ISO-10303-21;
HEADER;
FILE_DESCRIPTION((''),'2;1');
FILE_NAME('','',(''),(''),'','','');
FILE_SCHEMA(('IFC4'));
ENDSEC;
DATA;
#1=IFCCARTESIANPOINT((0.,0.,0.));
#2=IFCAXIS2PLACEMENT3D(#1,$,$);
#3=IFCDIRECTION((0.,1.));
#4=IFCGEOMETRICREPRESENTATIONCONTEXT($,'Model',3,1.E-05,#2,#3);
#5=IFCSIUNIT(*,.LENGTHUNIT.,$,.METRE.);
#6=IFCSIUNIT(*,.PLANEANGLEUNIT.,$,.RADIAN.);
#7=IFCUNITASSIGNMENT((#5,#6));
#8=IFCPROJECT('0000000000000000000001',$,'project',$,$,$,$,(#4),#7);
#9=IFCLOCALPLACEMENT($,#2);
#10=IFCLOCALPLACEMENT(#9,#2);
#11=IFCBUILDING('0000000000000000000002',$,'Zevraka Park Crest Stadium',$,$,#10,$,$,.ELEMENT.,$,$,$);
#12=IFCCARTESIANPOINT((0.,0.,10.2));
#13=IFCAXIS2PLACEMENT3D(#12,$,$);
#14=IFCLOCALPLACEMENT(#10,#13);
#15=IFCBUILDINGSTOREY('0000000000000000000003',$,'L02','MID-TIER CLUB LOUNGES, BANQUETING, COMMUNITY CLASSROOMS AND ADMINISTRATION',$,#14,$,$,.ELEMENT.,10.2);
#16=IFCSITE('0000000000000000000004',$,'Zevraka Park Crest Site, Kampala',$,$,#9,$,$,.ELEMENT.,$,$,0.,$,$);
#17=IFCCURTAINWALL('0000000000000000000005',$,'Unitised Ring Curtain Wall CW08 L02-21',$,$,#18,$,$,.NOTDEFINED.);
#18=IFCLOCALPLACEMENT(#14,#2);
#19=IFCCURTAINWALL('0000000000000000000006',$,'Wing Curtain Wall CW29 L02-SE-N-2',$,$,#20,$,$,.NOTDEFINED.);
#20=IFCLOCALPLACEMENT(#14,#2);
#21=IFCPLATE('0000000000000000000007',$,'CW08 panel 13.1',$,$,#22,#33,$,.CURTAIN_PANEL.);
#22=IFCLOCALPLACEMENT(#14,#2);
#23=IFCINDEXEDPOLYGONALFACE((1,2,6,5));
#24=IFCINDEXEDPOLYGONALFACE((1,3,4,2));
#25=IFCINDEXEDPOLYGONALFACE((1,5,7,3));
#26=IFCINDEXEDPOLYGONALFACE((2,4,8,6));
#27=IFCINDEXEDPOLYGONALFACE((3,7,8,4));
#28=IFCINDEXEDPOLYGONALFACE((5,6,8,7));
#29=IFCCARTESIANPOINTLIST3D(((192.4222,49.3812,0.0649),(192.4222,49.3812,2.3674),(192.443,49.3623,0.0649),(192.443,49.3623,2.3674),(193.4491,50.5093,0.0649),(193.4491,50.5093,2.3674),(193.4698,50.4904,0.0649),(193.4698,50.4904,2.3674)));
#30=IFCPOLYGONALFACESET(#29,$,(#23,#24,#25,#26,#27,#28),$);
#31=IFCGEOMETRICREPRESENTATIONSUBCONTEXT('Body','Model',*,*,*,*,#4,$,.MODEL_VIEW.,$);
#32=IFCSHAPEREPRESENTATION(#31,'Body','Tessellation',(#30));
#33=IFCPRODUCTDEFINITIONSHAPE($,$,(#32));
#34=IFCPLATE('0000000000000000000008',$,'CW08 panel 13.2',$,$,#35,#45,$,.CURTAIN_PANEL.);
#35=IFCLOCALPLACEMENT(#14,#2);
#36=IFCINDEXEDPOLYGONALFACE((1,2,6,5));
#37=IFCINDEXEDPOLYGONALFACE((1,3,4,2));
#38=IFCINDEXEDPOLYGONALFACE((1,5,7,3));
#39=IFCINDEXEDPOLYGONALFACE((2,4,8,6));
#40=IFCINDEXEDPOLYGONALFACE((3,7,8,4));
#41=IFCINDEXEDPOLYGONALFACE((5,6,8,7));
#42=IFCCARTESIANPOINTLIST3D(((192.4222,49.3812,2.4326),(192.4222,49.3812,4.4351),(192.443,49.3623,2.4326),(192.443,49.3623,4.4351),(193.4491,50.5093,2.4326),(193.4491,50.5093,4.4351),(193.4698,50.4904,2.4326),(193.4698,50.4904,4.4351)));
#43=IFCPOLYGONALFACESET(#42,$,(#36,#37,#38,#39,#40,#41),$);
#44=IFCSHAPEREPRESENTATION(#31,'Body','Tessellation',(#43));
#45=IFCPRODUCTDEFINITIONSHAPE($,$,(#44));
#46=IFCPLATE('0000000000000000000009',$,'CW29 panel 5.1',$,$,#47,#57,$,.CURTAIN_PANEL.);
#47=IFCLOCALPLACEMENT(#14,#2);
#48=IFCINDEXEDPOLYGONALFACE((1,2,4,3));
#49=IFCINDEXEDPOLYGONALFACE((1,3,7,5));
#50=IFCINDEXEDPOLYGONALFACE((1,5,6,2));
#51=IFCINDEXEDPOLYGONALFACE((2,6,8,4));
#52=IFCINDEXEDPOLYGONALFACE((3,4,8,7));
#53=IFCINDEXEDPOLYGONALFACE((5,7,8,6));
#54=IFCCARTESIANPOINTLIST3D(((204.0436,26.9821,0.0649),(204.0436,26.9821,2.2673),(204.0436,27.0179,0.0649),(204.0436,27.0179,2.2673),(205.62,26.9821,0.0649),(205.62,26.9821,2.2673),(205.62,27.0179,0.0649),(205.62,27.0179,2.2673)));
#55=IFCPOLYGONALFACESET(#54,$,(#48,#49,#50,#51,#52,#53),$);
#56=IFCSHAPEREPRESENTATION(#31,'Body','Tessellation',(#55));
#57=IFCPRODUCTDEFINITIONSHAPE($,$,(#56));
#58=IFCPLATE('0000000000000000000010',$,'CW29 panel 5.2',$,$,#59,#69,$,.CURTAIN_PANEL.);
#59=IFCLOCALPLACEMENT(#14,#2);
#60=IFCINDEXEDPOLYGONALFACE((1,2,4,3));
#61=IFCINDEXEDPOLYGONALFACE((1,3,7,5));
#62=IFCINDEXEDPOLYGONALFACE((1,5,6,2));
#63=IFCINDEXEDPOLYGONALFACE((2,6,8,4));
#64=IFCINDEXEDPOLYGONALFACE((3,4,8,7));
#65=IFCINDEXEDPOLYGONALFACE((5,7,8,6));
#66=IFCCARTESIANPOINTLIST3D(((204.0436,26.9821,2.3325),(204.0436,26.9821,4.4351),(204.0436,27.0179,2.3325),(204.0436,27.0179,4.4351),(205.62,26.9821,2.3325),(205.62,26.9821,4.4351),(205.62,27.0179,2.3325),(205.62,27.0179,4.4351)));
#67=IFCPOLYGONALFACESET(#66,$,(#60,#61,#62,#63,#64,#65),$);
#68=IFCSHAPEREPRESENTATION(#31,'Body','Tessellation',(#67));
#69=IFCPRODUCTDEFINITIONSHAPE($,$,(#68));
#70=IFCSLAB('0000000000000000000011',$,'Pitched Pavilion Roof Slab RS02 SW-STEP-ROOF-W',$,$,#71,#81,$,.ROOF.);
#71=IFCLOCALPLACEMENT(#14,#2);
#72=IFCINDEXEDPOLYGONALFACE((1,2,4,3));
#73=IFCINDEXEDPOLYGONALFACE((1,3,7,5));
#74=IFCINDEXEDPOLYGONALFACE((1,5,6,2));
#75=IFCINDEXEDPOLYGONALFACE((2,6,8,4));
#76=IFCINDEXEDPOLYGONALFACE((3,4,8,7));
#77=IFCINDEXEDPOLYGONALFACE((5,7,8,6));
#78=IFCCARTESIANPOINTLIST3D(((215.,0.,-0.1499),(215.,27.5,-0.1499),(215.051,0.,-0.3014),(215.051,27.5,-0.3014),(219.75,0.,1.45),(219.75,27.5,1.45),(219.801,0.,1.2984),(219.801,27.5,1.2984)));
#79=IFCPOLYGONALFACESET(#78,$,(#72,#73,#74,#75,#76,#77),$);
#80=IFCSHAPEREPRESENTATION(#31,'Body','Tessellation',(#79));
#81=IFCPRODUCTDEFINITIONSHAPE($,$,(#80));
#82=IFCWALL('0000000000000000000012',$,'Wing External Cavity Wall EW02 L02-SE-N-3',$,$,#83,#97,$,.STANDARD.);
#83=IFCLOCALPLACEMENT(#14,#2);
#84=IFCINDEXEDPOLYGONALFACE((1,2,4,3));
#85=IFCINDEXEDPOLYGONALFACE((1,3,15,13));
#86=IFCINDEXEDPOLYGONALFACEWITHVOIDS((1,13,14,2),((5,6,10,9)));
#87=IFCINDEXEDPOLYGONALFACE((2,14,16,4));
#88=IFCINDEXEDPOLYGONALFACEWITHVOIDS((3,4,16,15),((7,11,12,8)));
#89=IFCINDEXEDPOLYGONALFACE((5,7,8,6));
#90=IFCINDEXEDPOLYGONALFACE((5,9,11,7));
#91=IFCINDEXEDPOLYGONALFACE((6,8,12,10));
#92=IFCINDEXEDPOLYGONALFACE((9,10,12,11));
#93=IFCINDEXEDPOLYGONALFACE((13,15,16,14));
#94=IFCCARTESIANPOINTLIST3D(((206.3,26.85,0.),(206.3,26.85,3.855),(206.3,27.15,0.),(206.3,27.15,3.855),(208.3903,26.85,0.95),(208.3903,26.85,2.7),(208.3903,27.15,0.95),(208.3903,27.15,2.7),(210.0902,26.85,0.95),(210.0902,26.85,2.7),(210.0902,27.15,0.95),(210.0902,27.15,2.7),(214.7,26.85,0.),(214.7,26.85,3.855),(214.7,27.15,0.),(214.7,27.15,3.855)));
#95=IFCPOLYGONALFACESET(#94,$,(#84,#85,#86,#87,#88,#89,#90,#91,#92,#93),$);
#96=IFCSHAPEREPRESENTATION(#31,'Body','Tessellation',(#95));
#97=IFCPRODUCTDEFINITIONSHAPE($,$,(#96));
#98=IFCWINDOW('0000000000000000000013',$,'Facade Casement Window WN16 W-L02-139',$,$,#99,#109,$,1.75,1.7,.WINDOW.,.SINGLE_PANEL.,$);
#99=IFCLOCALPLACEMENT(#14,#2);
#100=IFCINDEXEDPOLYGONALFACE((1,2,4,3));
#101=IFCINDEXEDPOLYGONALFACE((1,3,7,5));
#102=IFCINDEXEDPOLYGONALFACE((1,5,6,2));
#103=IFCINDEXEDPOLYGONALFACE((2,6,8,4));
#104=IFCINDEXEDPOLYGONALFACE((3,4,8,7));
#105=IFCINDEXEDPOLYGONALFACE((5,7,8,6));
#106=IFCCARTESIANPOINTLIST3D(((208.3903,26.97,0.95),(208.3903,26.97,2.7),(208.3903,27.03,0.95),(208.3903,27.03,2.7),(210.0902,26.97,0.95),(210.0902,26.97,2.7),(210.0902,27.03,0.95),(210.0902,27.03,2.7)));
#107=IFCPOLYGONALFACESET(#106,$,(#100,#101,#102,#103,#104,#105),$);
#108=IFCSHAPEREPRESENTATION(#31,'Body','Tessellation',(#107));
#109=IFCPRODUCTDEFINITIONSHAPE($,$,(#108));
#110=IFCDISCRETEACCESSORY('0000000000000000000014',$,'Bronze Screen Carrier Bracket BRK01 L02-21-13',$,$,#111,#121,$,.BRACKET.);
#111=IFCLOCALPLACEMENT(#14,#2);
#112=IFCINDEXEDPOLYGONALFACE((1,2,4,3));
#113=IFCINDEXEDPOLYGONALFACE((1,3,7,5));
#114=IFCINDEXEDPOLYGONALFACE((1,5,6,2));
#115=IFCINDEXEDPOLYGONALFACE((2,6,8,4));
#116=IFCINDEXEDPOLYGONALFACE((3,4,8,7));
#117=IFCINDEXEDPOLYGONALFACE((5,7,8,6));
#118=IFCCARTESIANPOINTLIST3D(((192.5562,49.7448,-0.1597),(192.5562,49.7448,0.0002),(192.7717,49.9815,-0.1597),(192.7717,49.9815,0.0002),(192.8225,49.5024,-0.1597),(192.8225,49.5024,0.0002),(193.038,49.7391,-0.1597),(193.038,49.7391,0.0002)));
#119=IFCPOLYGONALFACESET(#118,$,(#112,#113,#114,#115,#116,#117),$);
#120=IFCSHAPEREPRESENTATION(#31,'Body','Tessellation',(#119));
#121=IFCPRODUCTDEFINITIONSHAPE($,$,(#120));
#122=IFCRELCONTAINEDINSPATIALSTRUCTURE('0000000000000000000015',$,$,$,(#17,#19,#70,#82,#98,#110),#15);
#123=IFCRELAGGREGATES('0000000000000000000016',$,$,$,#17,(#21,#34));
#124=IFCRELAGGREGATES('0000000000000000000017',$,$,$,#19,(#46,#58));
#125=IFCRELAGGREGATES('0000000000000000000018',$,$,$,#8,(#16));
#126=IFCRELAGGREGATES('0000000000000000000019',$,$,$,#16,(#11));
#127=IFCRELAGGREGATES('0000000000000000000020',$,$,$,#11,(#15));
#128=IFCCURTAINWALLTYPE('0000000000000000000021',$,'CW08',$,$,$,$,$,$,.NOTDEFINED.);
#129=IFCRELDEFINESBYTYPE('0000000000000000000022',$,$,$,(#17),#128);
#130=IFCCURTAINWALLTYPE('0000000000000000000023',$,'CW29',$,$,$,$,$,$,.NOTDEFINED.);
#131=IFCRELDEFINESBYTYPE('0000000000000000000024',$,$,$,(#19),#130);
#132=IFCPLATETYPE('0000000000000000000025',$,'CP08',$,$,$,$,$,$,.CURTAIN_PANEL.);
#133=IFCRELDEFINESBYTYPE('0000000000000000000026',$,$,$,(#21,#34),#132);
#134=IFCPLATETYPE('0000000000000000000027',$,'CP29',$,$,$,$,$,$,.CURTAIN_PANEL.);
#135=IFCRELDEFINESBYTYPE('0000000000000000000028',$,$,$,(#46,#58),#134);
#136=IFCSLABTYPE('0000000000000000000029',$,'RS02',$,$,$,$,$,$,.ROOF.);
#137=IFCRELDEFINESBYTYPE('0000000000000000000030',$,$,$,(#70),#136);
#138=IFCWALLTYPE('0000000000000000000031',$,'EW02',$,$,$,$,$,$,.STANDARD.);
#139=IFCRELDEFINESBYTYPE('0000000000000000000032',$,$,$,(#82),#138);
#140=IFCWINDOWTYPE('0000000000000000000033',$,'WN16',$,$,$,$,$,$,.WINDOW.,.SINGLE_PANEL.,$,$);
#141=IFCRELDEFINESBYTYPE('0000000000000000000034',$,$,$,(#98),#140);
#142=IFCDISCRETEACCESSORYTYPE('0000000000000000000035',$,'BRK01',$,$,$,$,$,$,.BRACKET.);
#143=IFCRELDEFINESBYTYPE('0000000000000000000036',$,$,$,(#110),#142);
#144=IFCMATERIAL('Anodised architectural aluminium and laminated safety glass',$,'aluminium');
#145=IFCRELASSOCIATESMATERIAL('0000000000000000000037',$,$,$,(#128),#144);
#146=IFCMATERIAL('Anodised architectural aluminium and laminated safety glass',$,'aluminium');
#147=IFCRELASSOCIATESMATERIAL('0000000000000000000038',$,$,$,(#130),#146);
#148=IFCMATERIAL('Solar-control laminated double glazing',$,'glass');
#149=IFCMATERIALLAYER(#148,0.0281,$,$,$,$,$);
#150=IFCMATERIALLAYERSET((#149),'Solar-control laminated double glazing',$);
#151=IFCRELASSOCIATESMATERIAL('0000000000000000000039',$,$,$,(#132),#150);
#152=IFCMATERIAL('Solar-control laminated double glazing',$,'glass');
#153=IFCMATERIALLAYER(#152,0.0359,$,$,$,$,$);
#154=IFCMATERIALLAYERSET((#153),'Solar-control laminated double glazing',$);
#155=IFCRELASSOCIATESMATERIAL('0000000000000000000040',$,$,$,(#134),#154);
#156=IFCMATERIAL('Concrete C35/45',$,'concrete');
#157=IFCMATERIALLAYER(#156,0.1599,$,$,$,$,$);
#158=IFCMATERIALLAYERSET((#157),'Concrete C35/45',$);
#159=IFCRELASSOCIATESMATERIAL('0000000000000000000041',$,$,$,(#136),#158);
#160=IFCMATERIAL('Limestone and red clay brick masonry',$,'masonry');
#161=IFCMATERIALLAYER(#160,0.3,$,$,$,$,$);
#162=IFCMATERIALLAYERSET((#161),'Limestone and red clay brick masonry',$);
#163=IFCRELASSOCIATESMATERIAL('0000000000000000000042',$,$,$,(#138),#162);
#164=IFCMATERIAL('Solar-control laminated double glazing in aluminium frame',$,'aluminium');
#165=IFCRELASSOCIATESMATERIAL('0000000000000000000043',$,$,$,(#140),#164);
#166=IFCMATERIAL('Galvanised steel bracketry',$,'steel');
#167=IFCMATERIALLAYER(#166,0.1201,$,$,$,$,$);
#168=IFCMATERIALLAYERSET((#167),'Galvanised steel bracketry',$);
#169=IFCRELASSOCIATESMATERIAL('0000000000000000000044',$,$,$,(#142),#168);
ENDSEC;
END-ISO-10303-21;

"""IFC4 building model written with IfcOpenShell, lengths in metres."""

from ifc_helpers import new_model, si_unit, direction, frame, frame_2d, origin, origin_2d, place, context, subcontext, project, spatial, polyline, rectangle, outline, extrude, material, layer, layer_set, type_object, element, fill, aggregate, save


model = new_model("IFC4")

# Units and contexts
model_context = context("Model", 3, precision=1e-05, world=origin(), true_north=direction((0.0, 1.0)))
body_context = subcontext(model_context, "Body", "Model", "MODEL_VIEW")
ifc_project = project(units=[si_unit("LENGTHUNIT", "METRE"), si_unit("PLANEANGLEUNIT", "RADIAN")], contexts=[model_context])

# Site, building, storey
site_placement = place(None, origin())
site = spatial("IfcSite", under=ifc_project, at=site_placement, Name="Zevraka Park Crest Site, Kampala", CompositionType="ELEMENT", RefElevation=0.0)
building_placement = place(site_placement, origin())
building = spatial("IfcBuilding", under=site, at=building_placement, Name="Zevraka Park Crest Stadium", CompositionType="ELEMENT")
storey_placement = place(building_placement, frame((0.0, 0.0, 10.2)))
storey = spatial("IfcBuildingStorey", under=building, at=storey_placement, Name="L02", Description="MID-TIER CLUB LOUNGES, BANQUETING, COMMUNITY CLASSROOMS AND ADMINISTRATION", CompositionType="ELEMENT", Elevation=10.2)

# Curtain wall
ifc_material_1 = material(Name="Anodised architectural aluminium and laminated safety glass", Category="aluminium")
curtain_wall_type_1 = type_object("IfcCurtainWallType", Name="CW08", PredefinedType="NOTDEFINED", material=ifc_material_1)
curtain_wall_1_placement = place(storey_placement, origin())
curtain_wall_1 = element("IfcCurtainWall", 1, at=curtain_wall_1_placement, inside=storey, type_object=curtain_wall_type_1, Name="Unitised Ring Curtain Wall CW08 L02-21", PredefinedType="NOTDEFINED")

# Curtain wall
ifc_material_2 = material(Name="Anodised architectural aluminium and laminated safety glass", Category="aluminium")
curtain_wall_type_2 = type_object("IfcCurtainWallType", Name="CW29", PredefinedType="NOTDEFINED", material=ifc_material_2)
curtain_wall_2_placement = place(storey_placement, origin())
curtain_wall_2 = element("IfcCurtainWall", 2, at=curtain_wall_2_placement, inside=storey, type_object=curtain_wall_type_2, Name="Wing Curtain Wall CW29 L02-SE-N-2", PredefinedType="NOTDEFINED")

# Plates
ifc_material_3 = material(Name="Solar-control laminated double glazing", Category="glass")
ifc_layer_1 = layer(ifc_material_3, 0.0281)
ifc_layer_set_1 = layer_set([ifc_layer_1], Name="Solar-control laminated double glazing")
plate_type_1 = type_object("IfcPlateType", Name="CP08", PredefinedType="CURTAIN_PANEL", material=ifc_layer_set_1)
plate_1_placement = place(storey_placement, frame((192.946, 49.9358, 0.0649), z_axis=(0.0, 0.0, 1.0), x_axis=(0.67316, 0.739497, 0.0)))
plate_1 = element("IfcPlate", 3, at=plate_1_placement, type_object=plate_type_1, Name="CW08 panel 13.1", PredefinedType="CURTAIN_PANEL", context=body_context, shape_type="SweptSolid", body=[
    extrude(rectangle(XDim=1.5254, YDim=0.0281, at=origin_2d()), origin(), (0.0, 0.0, 1.0), 2.3025),
])
plate_2_placement = place(storey_placement, frame((192.946, 49.9358, 2.4326), z_axis=(0.0, 0.0, 1.0), x_axis=(0.67316, 0.739497, 0.0)))
plate_2 = element("IfcPlate", 4, at=plate_2_placement, type_object=plate_type_1, Name="CW08 panel 13.2", PredefinedType="CURTAIN_PANEL", context=body_context, shape_type="SweptSolid", body=[
    extrude(rectangle(XDim=1.5254, YDim=0.0281, at=origin_2d()), origin(), (0.0, 0.0, 1.0), 2.0024),
])
aggregate(curtain_wall_1, [plate_1, plate_2])
ifc_material_4 = material(Name="Solar-control laminated double glazing", Category="glass")
ifc_layer_2 = layer(ifc_material_4, 0.0359)
ifc_layer_set_2 = layer_set([ifc_layer_2], Name="Solar-control laminated double glazing")
plate_type_2 = type_object("IfcPlateType", Name="CP29", PredefinedType="CURTAIN_PANEL", material=ifc_layer_set_2)
plate_3_placement = place(storey_placement, frame((204.8318, 27.0, 0.0649), z_axis=(0.0, 0.0, 1.0), x_axis=(1.0, 0.0, 0.0)))
plate_3 = element("IfcPlate", 5, at=plate_3_placement, type_object=plate_type_2, Name="CW29 panel 5.1", PredefinedType="CURTAIN_PANEL", context=body_context, shape_type="SweptSolid", body=[
    extrude(rectangle(XDim=1.5764, YDim=0.0359, at=origin_2d()), origin(), (0.0, 0.0, 1.0), 2.2024),
])
plate_4_placement = place(storey_placement, frame((204.8318, 27.0, 2.3325), z_axis=(0.0, 0.0, 1.0), x_axis=(1.0, 0.0, 0.0)))
plate_4 = element("IfcPlate", 6, at=plate_4_placement, type_object=plate_type_2, Name="CW29 panel 5.2", PredefinedType="CURTAIN_PANEL", context=body_context, shape_type="SweptSolid", body=[
    extrude(rectangle(XDim=1.5764, YDim=0.0359, at=origin_2d()), origin(), (0.0, 0.0, 1.0), 2.1025),
])
aggregate(curtain_wall_2, [plate_3, plate_4])

# Slab
ifc_material_5 = material(Name="Concrete C35/45", Category="concrete")
ifc_layer_3 = layer(ifc_material_5, 0.1599)
ifc_layer_set_3 = layer_set([ifc_layer_3], Name="Concrete C35/45")
slab_type = type_object("IfcSlabType", Name="RS02", PredefinedType="ROOF", material=ifc_layer_set_3)
slab_placement = place(storey_placement, frame((215.0, 27.5, -0.1499), z_axis=(-0.319193, 0.0, 0.94769), x_axis=(0.0, -1.0, 0.0)))
element("IfcSlab", 7, at=slab_placement, inside=storey, type_object=slab_type, Name="Pitched Pavilion Roof Slab RS02 SW-STEP-ROOF-W", PredefinedType="ROOF", context=body_context, shape_type="SweptSolid", body=[
    extrude(outline(polyline([(0.0, 0.0), (27.5, 0.0), (27.5, 5.0122), (0.0, 5.0122), (0.0, 0.0)])), origin(), (0.0, 0.0, -1.0), 0.1599),
])

# Wall, opening, window
ifc_material_6 = material(Name="Limestone and red clay brick masonry", Category="masonry")
ifc_layer_4 = layer(ifc_material_6, 0.3)
ifc_layer_set_4 = layer_set([ifc_layer_4], Name="Limestone and red clay brick masonry")
wall_type = type_object("IfcWallType", Name="EW02", PredefinedType="STANDARD", material=ifc_layer_set_4)
wall_placement = place(storey_placement, frame((206.3, 27.0, 0.0), z_axis=(0.0, 0.0, 1.0), x_axis=(1.0, 0.0, 0.0)))
wall = element("IfcWall", 8, at=wall_placement, inside=storey, type_object=wall_type, Name="Wing External Cavity Wall EW02 L02-SE-N-3", PredefinedType="STANDARD", context=body_context, shape_type="SweptSolid", body=[
    extrude(rectangle(XDim=8.3999, YDim=0.3, at=frame_2d((4.2, 0.0))), origin(), (0.0, 0.0, 1.0), 3.855),
])
opening_placement = place(wall_placement, frame((2.0901, 0.0, 0.95)))
opening = element("IfcOpeningElement", 9, at=opening_placement, cuts=wall, PredefinedType="OPENING", context=body_context, shape_type="SweptSolid", body=[
    extrude(rectangle(XDim=1.7, YDim=1.75, at=frame_2d((0.8501, 0.875))), frame((0.0, 0.1599, 0.0), z_axis=(0.0, -1.0, 0.0), x_axis=(1.0, 0.0, 0.0)), (0.0, 0.0, 1.0), 0.3201),
])
ifc_material_7 = material(Name="Solar-control laminated double glazing in aluminium frame", Category="aluminium")
window_type = type_object("IfcWindowType", Name="WN16", PartitioningType="SINGLE_PANEL", PredefinedType="WINDOW", material=ifc_material_7)
window_placement = place(opening_placement, origin())
window = element("IfcWindow", 10, at=window_placement, inside=storey, type_object=window_type, Name="Facade Casement Window WN16 W-L02-139", OverallHeight=1.75, OverallWidth=1.7, PartitioningType="SINGLE_PANEL", PredefinedType="WINDOW", context=body_context, shape_type="SweptSolid", body=[
    extrude(rectangle(XDim=1.7, YDim=1.75, at=frame_2d((0.8501, 0.875))), frame((0.0, 0.03, 0.0), z_axis=(0.0, -1.0, 0.0), x_axis=(1.0, 0.0, 0.0)), (0.0, 0.0, 1.0), 0.0601),
])
fill(opening, window)

# Discrete accessory
ifc_material_8 = material(Name="Galvanised steel bracketry", Category="steel")
ifc_layer_5 = layer(ifc_material_8, 0.1201)
ifc_layer_set_5 = layer_set([ifc_layer_5], Name="Galvanised steel bracketry")
discrete_accessory_type = type_object("IfcDiscreteAccessoryType", Name="BRK01", PredefinedType="BRACKET", material=ifc_layer_set_5)
discrete_accessory_placement = place(storey_placement, frame((192.7971, 49.7419, -0.1597), z_axis=(0.0, 0.0, 1.0), x_axis=(0.673142, 0.739514, 0.0)))
element("IfcDiscreteAccessory", 11, at=discrete_accessory_placement, inside=storey, type_object=discrete_accessory_type, Name="Bronze Screen Carrier Bracket BRK01 L02-21-13", PredefinedType="BRACKET", context=body_context, shape_type="SweptSolid", body=[
    extrude(rectangle(XDim=0.3201, YDim=0.3601, at=origin_2d()), origin(), (0.0, 0.0, 1.0), 0.1599),
])

save(model, "model.ifc")
